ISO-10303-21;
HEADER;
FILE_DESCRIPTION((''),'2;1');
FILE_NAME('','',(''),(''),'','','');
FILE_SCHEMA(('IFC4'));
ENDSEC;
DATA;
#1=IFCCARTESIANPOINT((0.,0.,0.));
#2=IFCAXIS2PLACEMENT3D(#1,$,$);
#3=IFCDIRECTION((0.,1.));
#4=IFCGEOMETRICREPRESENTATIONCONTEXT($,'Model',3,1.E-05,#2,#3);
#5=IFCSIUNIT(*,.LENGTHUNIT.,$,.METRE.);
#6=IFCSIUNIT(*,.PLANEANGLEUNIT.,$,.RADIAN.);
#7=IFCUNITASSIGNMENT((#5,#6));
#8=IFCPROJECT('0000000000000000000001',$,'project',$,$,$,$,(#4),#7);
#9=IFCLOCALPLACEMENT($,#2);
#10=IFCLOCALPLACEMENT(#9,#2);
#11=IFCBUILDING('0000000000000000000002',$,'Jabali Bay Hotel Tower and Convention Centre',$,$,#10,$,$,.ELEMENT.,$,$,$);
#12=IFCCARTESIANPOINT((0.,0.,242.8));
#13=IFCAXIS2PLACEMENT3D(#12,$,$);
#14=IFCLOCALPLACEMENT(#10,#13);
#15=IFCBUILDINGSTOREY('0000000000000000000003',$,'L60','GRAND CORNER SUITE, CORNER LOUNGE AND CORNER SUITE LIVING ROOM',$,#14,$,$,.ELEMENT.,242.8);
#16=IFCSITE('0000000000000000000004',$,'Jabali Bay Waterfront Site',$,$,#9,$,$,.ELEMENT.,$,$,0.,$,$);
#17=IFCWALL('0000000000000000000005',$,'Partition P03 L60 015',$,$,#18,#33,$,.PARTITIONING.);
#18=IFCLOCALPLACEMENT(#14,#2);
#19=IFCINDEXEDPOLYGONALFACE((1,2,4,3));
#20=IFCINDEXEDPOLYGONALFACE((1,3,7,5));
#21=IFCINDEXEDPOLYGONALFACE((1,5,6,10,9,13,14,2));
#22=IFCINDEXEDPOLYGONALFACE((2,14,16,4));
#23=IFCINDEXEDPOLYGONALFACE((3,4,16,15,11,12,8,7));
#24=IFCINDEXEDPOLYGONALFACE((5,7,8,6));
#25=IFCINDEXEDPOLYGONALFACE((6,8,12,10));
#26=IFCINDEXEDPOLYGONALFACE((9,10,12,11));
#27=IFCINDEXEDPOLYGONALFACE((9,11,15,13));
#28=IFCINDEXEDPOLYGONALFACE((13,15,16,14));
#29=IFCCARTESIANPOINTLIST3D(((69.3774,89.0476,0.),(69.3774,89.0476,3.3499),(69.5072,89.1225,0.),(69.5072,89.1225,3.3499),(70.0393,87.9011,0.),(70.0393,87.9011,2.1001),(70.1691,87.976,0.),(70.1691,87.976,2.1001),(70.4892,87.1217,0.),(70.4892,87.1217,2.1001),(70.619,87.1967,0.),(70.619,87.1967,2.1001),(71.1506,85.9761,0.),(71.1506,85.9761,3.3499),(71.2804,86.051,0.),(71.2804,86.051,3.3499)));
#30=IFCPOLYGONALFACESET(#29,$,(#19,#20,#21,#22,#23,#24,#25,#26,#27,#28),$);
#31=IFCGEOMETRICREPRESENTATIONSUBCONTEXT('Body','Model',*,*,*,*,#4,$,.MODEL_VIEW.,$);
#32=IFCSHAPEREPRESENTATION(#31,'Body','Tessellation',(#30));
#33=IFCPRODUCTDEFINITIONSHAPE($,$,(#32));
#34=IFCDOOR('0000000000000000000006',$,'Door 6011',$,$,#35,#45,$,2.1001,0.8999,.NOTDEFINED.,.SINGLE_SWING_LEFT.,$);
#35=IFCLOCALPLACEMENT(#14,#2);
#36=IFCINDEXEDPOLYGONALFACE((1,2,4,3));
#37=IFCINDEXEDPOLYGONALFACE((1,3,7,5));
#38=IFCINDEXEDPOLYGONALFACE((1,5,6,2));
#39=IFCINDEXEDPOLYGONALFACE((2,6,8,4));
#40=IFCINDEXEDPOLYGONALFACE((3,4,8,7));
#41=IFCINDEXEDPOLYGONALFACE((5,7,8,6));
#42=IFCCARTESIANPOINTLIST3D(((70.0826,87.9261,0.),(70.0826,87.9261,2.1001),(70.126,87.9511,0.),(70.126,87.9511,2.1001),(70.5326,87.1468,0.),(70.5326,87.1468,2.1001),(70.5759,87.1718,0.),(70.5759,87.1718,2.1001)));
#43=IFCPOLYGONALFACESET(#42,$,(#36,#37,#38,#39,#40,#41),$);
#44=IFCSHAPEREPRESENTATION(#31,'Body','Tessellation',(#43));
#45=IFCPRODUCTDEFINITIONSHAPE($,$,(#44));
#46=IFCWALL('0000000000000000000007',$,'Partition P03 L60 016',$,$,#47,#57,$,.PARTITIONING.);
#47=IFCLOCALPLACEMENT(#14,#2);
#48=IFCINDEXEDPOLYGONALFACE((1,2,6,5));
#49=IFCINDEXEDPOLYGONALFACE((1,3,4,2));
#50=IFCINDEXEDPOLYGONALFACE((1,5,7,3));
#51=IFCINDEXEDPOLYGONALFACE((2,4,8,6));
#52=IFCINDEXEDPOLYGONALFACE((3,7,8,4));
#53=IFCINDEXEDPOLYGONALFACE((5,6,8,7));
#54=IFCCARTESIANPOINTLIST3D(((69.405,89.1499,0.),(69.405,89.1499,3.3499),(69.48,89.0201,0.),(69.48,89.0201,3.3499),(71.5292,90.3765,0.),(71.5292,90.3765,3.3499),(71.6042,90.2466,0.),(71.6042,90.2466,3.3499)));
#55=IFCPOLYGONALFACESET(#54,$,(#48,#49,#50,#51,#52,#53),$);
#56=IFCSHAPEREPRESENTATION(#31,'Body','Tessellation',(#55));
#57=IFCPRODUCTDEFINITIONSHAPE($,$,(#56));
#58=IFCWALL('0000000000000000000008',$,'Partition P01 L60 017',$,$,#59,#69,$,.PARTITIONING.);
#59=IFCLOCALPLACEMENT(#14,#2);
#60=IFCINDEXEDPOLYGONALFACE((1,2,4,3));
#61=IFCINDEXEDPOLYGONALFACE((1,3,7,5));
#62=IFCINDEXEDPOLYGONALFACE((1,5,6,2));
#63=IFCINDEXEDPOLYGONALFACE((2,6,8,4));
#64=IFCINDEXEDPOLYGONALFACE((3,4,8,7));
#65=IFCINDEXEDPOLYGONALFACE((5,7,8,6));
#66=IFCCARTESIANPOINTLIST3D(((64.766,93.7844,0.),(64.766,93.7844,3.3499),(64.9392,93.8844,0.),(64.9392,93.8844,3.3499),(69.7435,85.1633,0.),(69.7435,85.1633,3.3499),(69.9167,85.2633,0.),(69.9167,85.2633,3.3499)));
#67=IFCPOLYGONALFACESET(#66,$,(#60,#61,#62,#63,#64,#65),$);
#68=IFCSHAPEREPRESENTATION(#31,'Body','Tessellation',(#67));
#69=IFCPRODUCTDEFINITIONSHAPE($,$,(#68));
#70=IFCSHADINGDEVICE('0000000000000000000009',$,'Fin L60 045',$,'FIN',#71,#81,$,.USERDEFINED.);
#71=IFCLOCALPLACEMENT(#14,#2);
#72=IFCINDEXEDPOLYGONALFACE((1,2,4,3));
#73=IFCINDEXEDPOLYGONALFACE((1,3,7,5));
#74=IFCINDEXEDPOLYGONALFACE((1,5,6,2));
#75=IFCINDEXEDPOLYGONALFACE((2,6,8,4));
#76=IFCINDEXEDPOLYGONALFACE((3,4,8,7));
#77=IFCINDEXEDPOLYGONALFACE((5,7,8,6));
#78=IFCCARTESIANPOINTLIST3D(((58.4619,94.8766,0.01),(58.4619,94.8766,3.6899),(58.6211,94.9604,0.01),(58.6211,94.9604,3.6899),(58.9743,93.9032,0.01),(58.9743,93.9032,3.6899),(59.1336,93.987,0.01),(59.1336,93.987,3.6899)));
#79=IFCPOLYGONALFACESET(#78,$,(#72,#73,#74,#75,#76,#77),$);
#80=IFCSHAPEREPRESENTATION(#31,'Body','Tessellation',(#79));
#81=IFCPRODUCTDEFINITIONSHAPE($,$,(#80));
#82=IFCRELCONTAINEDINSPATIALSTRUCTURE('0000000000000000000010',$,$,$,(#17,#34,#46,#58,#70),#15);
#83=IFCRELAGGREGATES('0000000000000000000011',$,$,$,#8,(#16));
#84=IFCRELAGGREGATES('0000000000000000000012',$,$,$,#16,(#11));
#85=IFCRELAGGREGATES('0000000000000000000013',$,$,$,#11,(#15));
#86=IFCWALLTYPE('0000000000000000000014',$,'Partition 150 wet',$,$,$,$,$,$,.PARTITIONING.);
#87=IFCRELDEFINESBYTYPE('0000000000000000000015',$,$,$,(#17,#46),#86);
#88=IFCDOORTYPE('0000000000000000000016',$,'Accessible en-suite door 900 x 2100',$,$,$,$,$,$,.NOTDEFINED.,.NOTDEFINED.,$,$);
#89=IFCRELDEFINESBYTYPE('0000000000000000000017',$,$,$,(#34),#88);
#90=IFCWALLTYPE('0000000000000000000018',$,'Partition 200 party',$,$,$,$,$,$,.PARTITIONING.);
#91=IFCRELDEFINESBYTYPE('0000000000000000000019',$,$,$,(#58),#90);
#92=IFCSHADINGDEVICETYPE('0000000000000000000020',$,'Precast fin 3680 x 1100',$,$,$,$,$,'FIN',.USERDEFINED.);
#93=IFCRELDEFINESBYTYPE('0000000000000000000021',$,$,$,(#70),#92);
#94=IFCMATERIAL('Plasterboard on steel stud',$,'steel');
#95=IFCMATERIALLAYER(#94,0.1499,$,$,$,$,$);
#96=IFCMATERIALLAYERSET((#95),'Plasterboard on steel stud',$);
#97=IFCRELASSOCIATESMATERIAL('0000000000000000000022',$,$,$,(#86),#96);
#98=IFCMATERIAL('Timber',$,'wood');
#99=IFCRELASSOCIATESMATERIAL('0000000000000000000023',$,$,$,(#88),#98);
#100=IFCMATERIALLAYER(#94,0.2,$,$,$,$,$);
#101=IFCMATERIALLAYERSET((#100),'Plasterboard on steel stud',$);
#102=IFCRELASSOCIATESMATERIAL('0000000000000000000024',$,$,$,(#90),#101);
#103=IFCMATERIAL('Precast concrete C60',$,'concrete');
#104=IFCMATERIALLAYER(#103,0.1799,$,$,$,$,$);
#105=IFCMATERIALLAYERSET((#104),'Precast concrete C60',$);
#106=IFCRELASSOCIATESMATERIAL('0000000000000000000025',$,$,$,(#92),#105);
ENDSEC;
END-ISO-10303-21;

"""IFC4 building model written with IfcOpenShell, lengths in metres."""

from ifc_helpers import new_model, si_unit, direction, frame, frame_2d, origin, place, context, subcontext, project, spatial, rectangle, extrude, material, layer, layer_set, type_object, element, fill, save


model = new_model("IFC4")

# Units and contexts
model_context = context("Model", 3, precision=1e-05, world=origin(), true_north=direction((0.0, 1.0)))
body_context = subcontext(model_context, "Body", "Model", "MODEL_VIEW")
ifc_project = project(units=[si_unit("LENGTHUNIT", "METRE"), si_unit("PLANEANGLEUNIT", "RADIAN")], contexts=[model_context])

# Site, building, storey
site_placement = place(None, origin())
site = spatial("IfcSite", under=ifc_project, at=site_placement, Name="Jabali Bay Waterfront Site", CompositionType="ELEMENT", RefElevation=0.0)
building_placement = place(site_placement, origin())
building = spatial("IfcBuilding", under=site, at=building_placement, Name="Jabali Bay Hotel Tower and Convention Centre", CompositionType="ELEMENT")
storey_placement = place(building_placement, frame((0.0, 0.0, 242.8)))
storey = spatial("IfcBuildingStorey", under=building, at=storey_placement, Name="L60", Description="GRAND CORNER SUITE, CORNER LOUNGE AND CORNER SUITE LIVING ROOM", CompositionType="ELEMENT", Elevation=242.8)

# Shared definitions
ifc_material_1 = material(Name="Timber", Category="wood")

# Shared definitions
ifc_material_2 = material(Name="Plasterboard on steel stud", Category="steel")
ifc_layer_1 = layer(ifc_material_2, 0.1499)
ifc_layer_set_1 = layer_set([ifc_layer_1], Name="Plasterboard on steel stud")
wall_type_1 = type_object("IfcWallType", Name="Partition 150 wet", PredefinedType="PARTITIONING", material=ifc_layer_set_1)

# Wall, opening, door
wall_1_placement = place(storey_placement, frame((71.2156, 86.0134, 0.0), z_axis=(0.0, 0.0, 1.0), x_axis=(-0.499967, 0.866045, 0.0)))
wall_1 = element("IfcWall", 1, at=wall_1_placement, inside=storey, type_object=wall_type_1, Name="Partition P03 L60 015", PredefinedType="PARTITIONING", context=body_context, shape_type="SweptSolid", body=[
    extrude(rectangle(XDim=3.5466, YDim=0.1499, at=frame_2d((1.7734, 0.0))), origin(), (0.0, 0.0, 1.0), 3.3499),
])
opening_1_placement = place(wall_1_placement, frame((1.323, 0.0, 0.0)))
opening_1 = element("IfcOpeningElement", 2, at=opening_1_placement, cuts=wall_1, PredefinedType="OPENING", context=body_context, shape_type="SweptSolid", body=[
    extrude(rectangle(XDim=0.8999, YDim=2.1001, at=frame_2d((0.45, 1.05))), frame((0.0, 0.0854, 0.0), z_axis=(0.0, -1.0, 0.0), x_axis=(1.0, 0.0, 0.0)), (0.0, 0.0, 1.0), 0.1709),
])
door_type_1 = type_object("IfcDoorType", Name="Accessible en-suite door 900 x 2100", OperationType="NOTDEFINED", PredefinedType="NOTDEFINED", material=ifc_material_1)
door_1_placement = place(opening_1_placement, origin())
door_1 = element("IfcDoor", 3, at=door_1_placement, inside=storey, type_object=door_type_1, Name="Door 6011", OperationType="SINGLE_SWING_LEFT", OverallHeight=2.1001, OverallWidth=0.8999, PredefinedType="NOTDEFINED", context=body_context, shape_type="SweptSolid", body=[
    extrude(rectangle(XDim=0.8999, YDim=2.1001, at=frame_2d((0.45, 1.05))), frame((0.0, 0.0249, 0.0), z_axis=(0.0, -1.0, 0.0), x_axis=(1.0, 0.0, 0.0)), (0.0, 0.0, 1.0), 0.05),
])
fill(opening_1, door_1)

# Walls
wall_2_placement = place(storey_placement, frame((69.4424, 89.085, 0.0), z_axis=(0.0, 0.0, 1.0), x_axis=(0.866005, 0.500035, 0.0)))
element("IfcWall", 4, at=wall_2_placement, inside=storey, type_object=wall_type_1, Name="Partition P03 L60 016", PredefinedType="PARTITIONING", context=body_context, shape_type="SweptSolid", body=[
    extrude(rectangle(XDim=2.4529, YDim=0.1499, at=frame_2d((1.2266, 0.0))), origin(), (0.0, 0.0, 1.0), 3.3499),
])
ifc_layer_2 = layer(ifc_material_2, 0.2)
ifc_layer_set_2 = layer_set([ifc_layer_2], Name="Plasterboard on steel stud")
wall_type_2 = type_object("IfcWallType", Name="Partition 200 party", PredefinedType="PARTITIONING", material=ifc_layer_set_2)
wall_3_placement = place(storey_placement, frame((64.8525, 93.8345, 0.0), z_axis=(0.0, 0.0, 1.0), x_axis=(0.500011, -0.866019, 0.0)))
element("IfcWall", 5, at=wall_3_placement, inside=storey, type_object=wall_type_2, Name="Partition P01 L60 017", PredefinedType="PARTITIONING", context=body_context, shape_type="SweptSolid", body=[
    extrude(rectangle(XDim=9.9548, YDim=0.2, at=frame_2d((4.9775, 0.0))), origin(), (0.0, 0.0, 1.0), 3.3499),
])

# Shading device
ifc_material_3 = material(Name="Precast concrete C60", Category="concrete")
ifc_layer_3 = layer(ifc_material_3, 0.1799)
ifc_layer_set_3 = layer_set([ifc_layer_3], Name="Precast concrete C60")
shading_device_type = type_object("IfcShadingDeviceType", Name="Precast fin 3680 x 1100", ElementType="FIN", PredefinedType="USERDEFINED", material=ifc_layer_set_3)
shading_device_placement = place(storey_placement, frame((59.054, 93.9451, 0.01), z_axis=(0.0, 0.0, 1.0), x_axis=(-0.465847, 0.884865, 0.0)))
element("IfcShadingDevice", 6, at=shading_device_placement, inside=storey, type_object=shading_device_type, Name="Fin L60 045", ObjectType="FIN", PredefinedType="USERDEFINED", context=body_context, shape_type="SweptSolid", body=[
    extrude(rectangle(XDim=1.1001, YDim=0.1799, at=frame_2d((0.55, 0.0))), origin(), (0.0, 0.0, 1.0), 3.6799),
])

save(model, "model.ifc")
